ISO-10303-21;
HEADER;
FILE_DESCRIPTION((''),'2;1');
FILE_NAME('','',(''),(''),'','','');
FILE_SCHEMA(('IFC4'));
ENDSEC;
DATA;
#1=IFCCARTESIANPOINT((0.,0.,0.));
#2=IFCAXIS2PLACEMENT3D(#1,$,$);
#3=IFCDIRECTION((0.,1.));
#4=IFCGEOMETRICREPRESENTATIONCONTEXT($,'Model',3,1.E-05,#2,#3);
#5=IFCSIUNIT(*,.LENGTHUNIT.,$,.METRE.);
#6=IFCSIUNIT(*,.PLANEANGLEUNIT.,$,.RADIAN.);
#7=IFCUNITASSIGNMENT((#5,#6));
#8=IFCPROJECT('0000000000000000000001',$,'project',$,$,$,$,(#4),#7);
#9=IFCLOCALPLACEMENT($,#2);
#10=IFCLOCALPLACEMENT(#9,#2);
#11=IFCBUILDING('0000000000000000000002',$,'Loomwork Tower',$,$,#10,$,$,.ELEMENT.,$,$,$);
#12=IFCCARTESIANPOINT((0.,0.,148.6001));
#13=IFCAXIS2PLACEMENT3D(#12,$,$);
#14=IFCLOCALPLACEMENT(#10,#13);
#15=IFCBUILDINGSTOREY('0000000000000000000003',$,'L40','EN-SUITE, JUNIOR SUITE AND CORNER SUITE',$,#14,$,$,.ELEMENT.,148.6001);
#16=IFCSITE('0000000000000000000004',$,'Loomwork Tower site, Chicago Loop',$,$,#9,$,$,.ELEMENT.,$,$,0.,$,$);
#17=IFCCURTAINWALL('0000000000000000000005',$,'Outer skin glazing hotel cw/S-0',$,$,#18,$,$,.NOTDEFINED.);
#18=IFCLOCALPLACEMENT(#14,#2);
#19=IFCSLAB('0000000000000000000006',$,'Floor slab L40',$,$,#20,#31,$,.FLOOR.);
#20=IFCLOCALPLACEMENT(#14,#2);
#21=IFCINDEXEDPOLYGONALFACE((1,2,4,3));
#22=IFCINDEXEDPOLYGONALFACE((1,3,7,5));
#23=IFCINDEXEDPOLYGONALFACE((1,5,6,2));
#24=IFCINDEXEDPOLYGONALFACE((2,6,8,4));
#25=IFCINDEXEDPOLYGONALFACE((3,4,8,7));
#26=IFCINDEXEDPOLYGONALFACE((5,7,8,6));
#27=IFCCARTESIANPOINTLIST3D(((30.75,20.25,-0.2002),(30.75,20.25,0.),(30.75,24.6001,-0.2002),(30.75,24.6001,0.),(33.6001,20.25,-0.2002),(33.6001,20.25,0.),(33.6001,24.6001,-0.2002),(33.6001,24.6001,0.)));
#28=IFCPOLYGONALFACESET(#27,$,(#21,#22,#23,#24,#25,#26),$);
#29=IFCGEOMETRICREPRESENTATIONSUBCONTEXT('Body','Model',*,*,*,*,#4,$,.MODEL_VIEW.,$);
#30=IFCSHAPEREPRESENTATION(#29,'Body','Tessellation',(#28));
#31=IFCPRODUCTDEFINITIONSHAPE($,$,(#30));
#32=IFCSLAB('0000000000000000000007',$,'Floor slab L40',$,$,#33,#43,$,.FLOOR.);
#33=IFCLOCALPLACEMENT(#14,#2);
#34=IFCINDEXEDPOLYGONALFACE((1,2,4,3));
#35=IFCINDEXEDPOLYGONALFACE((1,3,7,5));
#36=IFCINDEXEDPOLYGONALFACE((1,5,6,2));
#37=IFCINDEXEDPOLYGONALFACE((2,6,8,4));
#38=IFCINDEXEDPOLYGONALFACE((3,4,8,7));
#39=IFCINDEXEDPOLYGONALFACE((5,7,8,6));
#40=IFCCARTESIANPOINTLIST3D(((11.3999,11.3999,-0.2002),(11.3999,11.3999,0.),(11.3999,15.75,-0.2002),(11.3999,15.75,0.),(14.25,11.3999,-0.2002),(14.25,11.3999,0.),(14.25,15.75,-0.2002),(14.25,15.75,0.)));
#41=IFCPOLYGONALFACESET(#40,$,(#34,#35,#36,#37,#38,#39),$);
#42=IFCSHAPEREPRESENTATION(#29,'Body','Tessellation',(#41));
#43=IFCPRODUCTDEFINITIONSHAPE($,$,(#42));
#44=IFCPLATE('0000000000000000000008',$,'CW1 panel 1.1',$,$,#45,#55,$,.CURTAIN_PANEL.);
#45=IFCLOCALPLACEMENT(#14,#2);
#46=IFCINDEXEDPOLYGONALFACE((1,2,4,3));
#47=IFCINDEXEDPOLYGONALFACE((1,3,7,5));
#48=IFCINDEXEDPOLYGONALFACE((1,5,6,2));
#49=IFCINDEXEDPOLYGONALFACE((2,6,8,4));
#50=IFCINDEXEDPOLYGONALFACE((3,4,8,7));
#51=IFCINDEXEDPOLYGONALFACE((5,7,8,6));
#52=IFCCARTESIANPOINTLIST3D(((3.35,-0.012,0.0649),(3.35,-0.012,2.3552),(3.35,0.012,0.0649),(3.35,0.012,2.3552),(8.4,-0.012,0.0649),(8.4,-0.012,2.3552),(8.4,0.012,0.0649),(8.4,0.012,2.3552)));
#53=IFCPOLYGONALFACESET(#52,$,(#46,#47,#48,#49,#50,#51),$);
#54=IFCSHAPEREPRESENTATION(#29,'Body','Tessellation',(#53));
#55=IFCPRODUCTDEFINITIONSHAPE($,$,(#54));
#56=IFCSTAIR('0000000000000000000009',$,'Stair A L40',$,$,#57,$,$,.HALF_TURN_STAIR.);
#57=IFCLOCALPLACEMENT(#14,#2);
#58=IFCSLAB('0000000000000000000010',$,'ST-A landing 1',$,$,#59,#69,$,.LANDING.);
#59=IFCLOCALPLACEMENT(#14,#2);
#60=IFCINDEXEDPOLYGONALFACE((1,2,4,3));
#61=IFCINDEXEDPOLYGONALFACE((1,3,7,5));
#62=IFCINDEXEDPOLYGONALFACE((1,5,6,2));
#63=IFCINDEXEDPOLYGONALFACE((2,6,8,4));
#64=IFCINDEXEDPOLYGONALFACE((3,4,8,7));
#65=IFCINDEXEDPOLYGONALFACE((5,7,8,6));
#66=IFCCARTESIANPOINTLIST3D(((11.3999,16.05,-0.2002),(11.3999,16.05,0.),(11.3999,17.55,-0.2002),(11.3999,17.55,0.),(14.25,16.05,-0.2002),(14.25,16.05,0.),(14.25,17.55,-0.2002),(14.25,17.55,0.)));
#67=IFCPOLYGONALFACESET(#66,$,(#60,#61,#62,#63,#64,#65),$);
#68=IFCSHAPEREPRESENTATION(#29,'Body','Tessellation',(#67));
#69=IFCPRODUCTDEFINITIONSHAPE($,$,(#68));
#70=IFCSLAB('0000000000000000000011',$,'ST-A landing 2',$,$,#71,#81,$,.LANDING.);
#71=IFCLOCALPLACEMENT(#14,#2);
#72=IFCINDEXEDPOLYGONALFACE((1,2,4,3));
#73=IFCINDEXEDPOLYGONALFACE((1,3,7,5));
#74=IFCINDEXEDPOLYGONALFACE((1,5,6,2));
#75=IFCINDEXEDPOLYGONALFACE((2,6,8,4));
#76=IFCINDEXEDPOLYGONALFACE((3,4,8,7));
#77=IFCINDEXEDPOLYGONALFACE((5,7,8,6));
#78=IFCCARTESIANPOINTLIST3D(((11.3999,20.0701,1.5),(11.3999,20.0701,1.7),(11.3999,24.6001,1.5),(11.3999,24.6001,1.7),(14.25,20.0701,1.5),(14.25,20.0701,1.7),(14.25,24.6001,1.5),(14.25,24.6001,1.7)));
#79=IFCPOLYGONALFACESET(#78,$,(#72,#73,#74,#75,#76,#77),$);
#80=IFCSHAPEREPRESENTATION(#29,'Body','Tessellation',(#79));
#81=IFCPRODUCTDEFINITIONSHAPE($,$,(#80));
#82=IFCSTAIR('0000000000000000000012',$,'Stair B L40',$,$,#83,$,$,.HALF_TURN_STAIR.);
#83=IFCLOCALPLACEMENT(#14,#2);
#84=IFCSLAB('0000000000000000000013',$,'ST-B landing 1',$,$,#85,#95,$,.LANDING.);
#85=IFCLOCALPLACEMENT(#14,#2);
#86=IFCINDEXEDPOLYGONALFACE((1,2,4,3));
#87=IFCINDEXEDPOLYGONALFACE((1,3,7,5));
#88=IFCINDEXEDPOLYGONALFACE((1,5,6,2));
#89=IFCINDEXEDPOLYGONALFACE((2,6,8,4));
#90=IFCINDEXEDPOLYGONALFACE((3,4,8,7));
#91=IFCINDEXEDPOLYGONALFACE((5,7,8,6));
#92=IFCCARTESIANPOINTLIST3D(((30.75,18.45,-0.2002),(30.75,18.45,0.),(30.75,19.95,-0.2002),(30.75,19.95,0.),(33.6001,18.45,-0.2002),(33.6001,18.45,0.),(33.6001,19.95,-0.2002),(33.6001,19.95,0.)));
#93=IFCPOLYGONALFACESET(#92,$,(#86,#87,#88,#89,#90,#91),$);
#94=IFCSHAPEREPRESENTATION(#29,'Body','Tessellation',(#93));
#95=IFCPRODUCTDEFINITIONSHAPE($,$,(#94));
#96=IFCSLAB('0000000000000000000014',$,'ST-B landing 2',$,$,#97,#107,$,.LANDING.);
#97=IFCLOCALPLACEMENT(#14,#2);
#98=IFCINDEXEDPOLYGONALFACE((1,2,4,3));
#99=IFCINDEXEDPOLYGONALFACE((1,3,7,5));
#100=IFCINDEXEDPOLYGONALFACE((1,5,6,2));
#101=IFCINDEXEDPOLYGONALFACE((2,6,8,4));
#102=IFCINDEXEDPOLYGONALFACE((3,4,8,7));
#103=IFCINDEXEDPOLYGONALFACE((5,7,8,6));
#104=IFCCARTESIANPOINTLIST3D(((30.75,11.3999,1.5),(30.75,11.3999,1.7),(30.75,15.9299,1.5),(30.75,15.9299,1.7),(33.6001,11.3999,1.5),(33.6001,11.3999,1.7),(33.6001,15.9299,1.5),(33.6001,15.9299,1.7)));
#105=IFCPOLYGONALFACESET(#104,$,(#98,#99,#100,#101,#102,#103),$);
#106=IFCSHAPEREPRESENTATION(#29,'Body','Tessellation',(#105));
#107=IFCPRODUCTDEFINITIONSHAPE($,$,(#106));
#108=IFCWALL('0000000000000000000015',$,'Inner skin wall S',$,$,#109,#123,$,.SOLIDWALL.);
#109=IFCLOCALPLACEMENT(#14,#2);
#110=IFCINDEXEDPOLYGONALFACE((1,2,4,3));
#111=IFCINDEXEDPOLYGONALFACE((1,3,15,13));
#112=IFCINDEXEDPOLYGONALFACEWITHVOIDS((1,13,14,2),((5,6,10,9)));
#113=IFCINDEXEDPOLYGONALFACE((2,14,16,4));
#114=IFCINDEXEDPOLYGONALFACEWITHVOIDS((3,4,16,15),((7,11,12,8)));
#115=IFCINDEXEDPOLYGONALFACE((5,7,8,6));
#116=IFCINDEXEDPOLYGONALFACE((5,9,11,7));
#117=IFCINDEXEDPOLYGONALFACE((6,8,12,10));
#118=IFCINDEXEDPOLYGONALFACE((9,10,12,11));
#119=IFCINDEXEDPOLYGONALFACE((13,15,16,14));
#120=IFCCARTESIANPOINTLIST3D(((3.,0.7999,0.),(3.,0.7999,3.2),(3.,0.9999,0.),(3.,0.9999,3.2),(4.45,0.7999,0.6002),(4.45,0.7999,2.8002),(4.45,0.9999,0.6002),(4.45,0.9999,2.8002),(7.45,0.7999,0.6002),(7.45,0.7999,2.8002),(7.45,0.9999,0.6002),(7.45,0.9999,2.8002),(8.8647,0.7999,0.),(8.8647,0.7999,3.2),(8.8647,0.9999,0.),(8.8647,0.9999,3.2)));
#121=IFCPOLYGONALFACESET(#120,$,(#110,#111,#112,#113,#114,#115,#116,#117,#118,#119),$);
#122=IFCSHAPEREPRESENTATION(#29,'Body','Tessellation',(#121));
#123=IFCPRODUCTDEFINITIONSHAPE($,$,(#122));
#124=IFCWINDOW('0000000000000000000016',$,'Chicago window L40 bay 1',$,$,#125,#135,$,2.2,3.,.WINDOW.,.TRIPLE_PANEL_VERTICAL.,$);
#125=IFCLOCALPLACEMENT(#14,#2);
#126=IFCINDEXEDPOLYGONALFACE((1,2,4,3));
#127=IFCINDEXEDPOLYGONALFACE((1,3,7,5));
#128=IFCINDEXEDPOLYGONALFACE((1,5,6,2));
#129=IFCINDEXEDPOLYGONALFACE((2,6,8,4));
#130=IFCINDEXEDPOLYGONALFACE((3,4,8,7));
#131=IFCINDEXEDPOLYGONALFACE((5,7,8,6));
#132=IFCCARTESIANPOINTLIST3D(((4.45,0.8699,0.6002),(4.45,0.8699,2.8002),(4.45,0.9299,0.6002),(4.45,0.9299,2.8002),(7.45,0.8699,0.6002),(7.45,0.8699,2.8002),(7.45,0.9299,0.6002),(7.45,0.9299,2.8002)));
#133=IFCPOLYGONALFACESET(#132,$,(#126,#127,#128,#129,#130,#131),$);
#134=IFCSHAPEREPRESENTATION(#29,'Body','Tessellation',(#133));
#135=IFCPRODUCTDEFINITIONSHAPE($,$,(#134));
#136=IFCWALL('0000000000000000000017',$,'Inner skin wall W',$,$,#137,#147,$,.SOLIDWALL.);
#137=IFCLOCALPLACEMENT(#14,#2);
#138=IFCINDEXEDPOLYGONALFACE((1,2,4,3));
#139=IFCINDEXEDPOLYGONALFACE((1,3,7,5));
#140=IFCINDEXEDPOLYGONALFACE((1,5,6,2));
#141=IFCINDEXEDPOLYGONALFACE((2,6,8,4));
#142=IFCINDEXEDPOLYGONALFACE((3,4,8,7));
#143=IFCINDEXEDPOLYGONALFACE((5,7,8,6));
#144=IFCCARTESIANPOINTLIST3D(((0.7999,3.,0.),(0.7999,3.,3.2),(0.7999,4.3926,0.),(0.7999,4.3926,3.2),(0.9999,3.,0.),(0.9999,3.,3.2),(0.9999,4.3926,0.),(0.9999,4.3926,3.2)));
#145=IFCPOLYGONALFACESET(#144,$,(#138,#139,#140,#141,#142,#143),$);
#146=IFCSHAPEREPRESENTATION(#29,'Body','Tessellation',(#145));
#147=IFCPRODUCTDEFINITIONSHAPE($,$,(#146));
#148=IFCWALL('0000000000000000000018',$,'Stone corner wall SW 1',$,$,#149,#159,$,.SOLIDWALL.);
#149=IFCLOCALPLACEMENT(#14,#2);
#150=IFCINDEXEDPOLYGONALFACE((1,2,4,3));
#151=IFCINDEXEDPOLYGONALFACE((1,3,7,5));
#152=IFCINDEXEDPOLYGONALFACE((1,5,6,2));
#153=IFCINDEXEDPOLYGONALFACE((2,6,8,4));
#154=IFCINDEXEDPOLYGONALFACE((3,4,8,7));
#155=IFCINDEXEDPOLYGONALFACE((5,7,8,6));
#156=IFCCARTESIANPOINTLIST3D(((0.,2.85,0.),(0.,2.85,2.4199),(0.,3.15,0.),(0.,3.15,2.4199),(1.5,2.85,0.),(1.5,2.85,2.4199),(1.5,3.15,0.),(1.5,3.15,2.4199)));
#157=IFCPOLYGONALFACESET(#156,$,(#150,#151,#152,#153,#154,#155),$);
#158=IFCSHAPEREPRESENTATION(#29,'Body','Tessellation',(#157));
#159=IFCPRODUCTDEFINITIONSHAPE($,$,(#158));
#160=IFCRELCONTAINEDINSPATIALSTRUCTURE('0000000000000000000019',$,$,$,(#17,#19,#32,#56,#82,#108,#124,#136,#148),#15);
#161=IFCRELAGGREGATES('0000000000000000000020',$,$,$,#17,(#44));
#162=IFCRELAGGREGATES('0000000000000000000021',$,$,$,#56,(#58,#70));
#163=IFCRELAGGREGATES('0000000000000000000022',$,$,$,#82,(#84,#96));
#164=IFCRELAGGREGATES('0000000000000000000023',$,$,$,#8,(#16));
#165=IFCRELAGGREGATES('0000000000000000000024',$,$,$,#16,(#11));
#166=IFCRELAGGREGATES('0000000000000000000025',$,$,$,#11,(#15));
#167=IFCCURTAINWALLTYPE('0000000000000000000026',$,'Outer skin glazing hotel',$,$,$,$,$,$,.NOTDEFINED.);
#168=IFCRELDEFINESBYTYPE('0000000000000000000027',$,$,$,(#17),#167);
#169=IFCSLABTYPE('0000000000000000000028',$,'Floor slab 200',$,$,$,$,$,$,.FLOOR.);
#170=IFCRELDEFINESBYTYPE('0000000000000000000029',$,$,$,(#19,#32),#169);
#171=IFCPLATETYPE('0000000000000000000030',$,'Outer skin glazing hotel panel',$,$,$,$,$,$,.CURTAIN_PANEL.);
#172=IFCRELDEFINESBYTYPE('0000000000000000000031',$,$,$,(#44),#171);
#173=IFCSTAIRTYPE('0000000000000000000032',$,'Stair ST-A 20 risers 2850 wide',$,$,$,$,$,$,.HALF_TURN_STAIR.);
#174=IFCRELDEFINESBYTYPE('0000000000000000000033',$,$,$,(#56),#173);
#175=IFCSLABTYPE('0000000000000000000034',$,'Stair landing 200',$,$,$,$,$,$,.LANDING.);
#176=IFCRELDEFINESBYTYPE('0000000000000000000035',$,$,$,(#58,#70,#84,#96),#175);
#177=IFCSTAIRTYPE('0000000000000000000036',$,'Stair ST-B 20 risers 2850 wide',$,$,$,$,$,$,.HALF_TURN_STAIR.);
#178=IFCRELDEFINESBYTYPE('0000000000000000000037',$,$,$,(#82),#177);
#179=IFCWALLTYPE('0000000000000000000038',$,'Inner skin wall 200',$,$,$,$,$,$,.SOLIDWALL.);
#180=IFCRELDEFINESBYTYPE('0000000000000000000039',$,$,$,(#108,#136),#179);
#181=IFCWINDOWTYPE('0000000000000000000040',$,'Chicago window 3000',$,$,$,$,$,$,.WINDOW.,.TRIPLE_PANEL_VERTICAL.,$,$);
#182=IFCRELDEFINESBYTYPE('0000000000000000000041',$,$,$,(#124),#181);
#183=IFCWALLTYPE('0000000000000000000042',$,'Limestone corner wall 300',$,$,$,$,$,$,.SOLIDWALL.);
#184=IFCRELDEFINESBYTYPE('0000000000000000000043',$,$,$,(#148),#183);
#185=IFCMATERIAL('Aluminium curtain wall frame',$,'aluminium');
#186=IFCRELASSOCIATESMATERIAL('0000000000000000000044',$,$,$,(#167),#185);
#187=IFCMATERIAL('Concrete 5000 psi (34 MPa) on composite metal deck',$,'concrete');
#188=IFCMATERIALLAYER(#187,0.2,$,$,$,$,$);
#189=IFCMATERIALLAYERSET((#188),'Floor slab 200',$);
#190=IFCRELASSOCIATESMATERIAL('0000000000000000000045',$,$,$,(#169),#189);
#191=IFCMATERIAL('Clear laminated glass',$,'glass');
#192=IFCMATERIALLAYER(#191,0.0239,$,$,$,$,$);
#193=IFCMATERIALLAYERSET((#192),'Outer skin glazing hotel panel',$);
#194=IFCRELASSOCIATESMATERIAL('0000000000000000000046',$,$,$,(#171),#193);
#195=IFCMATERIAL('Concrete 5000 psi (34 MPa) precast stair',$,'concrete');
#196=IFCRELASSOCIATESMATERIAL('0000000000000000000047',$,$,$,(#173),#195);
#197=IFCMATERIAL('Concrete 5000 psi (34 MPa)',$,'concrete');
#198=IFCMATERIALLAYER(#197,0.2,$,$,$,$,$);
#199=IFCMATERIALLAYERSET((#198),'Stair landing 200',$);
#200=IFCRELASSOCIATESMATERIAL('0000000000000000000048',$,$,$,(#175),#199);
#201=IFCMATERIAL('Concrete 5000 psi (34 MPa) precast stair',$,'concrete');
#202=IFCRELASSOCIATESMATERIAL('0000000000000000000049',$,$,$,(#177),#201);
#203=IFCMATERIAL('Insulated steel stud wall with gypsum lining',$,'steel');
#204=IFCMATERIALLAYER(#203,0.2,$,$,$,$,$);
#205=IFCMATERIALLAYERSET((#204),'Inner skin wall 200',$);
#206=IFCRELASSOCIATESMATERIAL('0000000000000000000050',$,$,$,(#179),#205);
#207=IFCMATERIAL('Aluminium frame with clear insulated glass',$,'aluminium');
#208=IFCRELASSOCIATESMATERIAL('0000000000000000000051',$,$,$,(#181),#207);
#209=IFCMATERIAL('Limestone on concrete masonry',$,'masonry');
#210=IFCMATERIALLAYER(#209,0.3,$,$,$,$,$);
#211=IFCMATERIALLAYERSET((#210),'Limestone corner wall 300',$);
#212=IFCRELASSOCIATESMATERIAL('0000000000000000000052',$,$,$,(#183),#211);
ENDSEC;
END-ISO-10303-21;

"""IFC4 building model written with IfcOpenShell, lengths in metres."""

from ifc_helpers import new_model, si_unit, direction, frame, frame_2d, origin, origin_2d, place, context, subcontext, project, spatial, polyline, rectangle, outline, extrude, material, layer, layer_set, type_object, element, fill, aggregate, save


model = new_model("IFC4")

# Units and contexts
model_context = context("Model", 3, precision=1e-05, world=origin(), true_north=direction((0.0, 1.0)))
body_context = subcontext(model_context, "Body", "Model", "MODEL_VIEW")
ifc_project = project(units=[si_unit("LENGTHUNIT", "METRE"), si_unit("PLANEANGLEUNIT", "RADIAN")], contexts=[model_context])

# Site, building, storey
site_placement = place(None, origin())
site = spatial("IfcSite", under=ifc_project, at=site_placement, Name="Loomwork Tower site, Chicago Loop", CompositionType="ELEMENT", RefElevation=0.0)
building_placement = place(site_placement, origin())
building = spatial("IfcBuilding", under=site, at=building_placement, Name="Loomwork Tower", CompositionType="ELEMENT")
storey_placement = place(building_placement, frame((0.0, 0.0, 148.6001)))
storey = spatial("IfcBuildingStorey", under=building, at=storey_placement, Name="L40", Description="EN-SUITE, JUNIOR SUITE AND CORNER SUITE", CompositionType="ELEMENT", Elevation=148.6001)

# Curtain wall
ifc_material_1 = material(Name="Aluminium curtain wall frame", Category="aluminium")
curtain_wall_type = type_object("IfcCurtainWallType", Name="Outer skin glazing hotel", PredefinedType="NOTDEFINED", material=ifc_material_1)
curtain_wall_1_placement = place(storey_placement, origin())
curtain_wall_1 = element("IfcCurtainWall", 1, at=curtain_wall_1_placement, inside=storey, type_object=curtain_wall_type, Name="Outer skin glazing hotel cw/S-0", PredefinedType="NOTDEFINED")

# Slabs
ifc_material_2 = material(Name="Concrete 5000 psi (34 MPa) on composite metal deck", Category="concrete")
ifc_layer_1 = layer(ifc_material_2, 0.2)
ifc_layer_set_1 = layer_set([ifc_layer_1], Name="Floor slab 200")
slab_type_1 = type_object("IfcSlabType", Name="Floor slab 200", PredefinedType="FLOOR", material=ifc_layer_set_1)
slab_1_placement = place(storey_placement, frame((0.0, 0.0, -0.2002)))
element("IfcSlab", 2, at=slab_1_placement, inside=storey, type_object=slab_type_1, Name="Floor slab L40", PredefinedType="FLOOR", context=body_context, shape_type="SweptSolid", body=[
    extrude(outline(polyline([(33.6001, 20.25), (30.75, 20.25), (30.75, 24.6001), (33.6001, 24.6001), (33.6001, 20.25)])), origin(), (0.0, 0.0, 1.0), 0.2002),
])
slab_2_placement = place(storey_placement, frame((0.0, 0.0, -0.2002)))
element("IfcSlab", 3, at=slab_2_placement, inside=storey, type_object=slab_type_1, Name="Floor slab L40", PredefinedType="FLOOR", context=body_context, shape_type="SweptSolid", body=[
    extrude(outline(polyline([(14.25, 15.75), (14.25, 11.3999), (11.3999, 11.3999), (11.3999, 15.75), (14.25, 15.75)])), origin(), (0.0, 0.0, 1.0), 0.2002),
])

# Plate
ifc_material_3 = material(Name="Clear laminated glass", Category="glass")
ifc_layer_2 = layer(ifc_material_3, 0.0239)
ifc_layer_set_2 = layer_set([ifc_layer_2], Name="Outer skin glazing hotel panel")
plate_type = type_object("IfcPlateType", Name="Outer skin glazing hotel panel", PredefinedType="CURTAIN_PANEL", material=ifc_layer_set_2)
plate_placement = place(storey_placement, frame((5.875, 0.0, 0.0649), z_axis=(0.0, 0.0, 1.0), x_axis=(1.0, 0.0, 0.0)))
plate = element("IfcPlate", 4, at=plate_placement, type_object=plate_type, Name="CW1 panel 1.1", PredefinedType="CURTAIN_PANEL", context=body_context, shape_type="SweptSolid", body=[
    extrude(rectangle(XDim=5.05, YDim=0.0239, at=origin_2d()), origin(), (0.0, 0.0, 1.0), 2.2903),
])
aggregate(curtain_wall_1, [plate])

# Stairs, slabs
ifc_material_4 = material(Name="Concrete 5000 psi (34 MPa) precast stair", Category="concrete")
stair_type_1 = type_object("IfcStairType", Name="Stair ST-A 20 risers 2850 wide", PredefinedType="HALF_TURN_STAIR", material=ifc_material_4)
stair_1_placement = place(storey_placement, origin())
stair_1 = element("IfcStair", 5, at=stair_1_placement, inside=storey, type_object=stair_type_1, Name="Stair A L40", PredefinedType="HALF_TURN_STAIR")
ifc_material_5 = material(Name="Concrete 5000 psi (34 MPa)", Category="concrete")
ifc_layer_3 = layer(ifc_material_5, 0.2)
ifc_layer_set_3 = layer_set([ifc_layer_3], Name="Stair landing 200")
slab_type_2 = type_object("IfcSlabType", Name="Stair landing 200", PredefinedType="LANDING", material=ifc_layer_set_3)
slab_3_placement = place(storey_placement, frame((0.0, 0.0, -0.2002)))
slab_3 = element("IfcSlab", 6, at=slab_3_placement, type_object=slab_type_2, Name="ST-A landing 1", PredefinedType="LANDING", context=body_context, shape_type="SweptSolid", body=[
    extrude(outline(polyline([(11.3999, 16.05), (14.25, 16.05), (14.25, 17.55), (11.3999, 17.55), (11.3999, 16.05)])), origin(), (0.0, 0.0, 1.0), 0.2002),
])
slab_4_placement = place(storey_placement, frame((0.0, 0.0, 1.5)))
slab_4 = element("IfcSlab", 7, at=slab_4_placement, type_object=slab_type_2, Name="ST-A landing 2", PredefinedType="LANDING", context=body_context, shape_type="SweptSolid", body=[
    extrude(outline(polyline([(11.3999, 20.0701), (14.25, 20.0701), (14.25, 24.6001), (11.3999, 24.6001), (11.3999, 20.0701)])), origin(), (0.0, 0.0, 1.0), 0.2),
])
aggregate(stair_1, [slab_3, slab_4])
ifc_material_6 = material(Name="Concrete 5000 psi (34 MPa) precast stair", Category="concrete")
stair_type_2 = type_object("IfcStairType", Name="Stair ST-B 20 risers 2850 wide", PredefinedType="HALF_TURN_STAIR", material=ifc_material_6)
stair_2_placement = place(storey_placement, origin())
stair_2 = element("IfcStair", 8, at=stair_2_placement, inside=storey, type_object=stair_type_2, Name="Stair B L40", PredefinedType="HALF_TURN_STAIR")
slab_5_placement = place(storey_placement, frame((0.0, 0.0, -0.2002)))
slab_5 = element("IfcSlab", 9, at=slab_5_placement, type_object=slab_type_2, Name="ST-B landing 1", PredefinedType="LANDING", context=body_context, shape_type="SweptSolid", body=[
    extrude(outline(polyline([(30.75, 18.45), (33.6001, 18.45), (33.6001, 19.95), (30.75, 19.95), (30.75, 18.45)])), origin(), (0.0, 0.0, 1.0), 0.2002),
])
slab_6_placement = place(storey_placement, frame((0.0, 0.0, 1.5)))
slab_6 = element("IfcSlab", 10, at=slab_6_placement, type_object=slab_type_2, Name="ST-B landing 2", PredefinedType="LANDING", context=body_context, shape_type="SweptSolid", body=[
    extrude(outline(polyline([(30.75, 11.3999), (33.6001, 11.3999), (33.6001, 15.9299), (30.75, 15.9299), (30.75, 11.3999)])), origin(), (0.0, 0.0, 1.0), 0.2),
])
aggregate(stair_2, [slab_5, slab_6])

# Wall, opening, window
ifc_material_7 = material(Name="Insulated steel stud wall with gypsum lining", Category="steel")
ifc_layer_4 = layer(ifc_material_7, 0.2)
ifc_layer_set_4 = layer_set([ifc_layer_4], Name="Inner skin wall 200")
wall_type_1 = type_object("IfcWallType", Name="Inner skin wall 200", PredefinedType="SOLIDWALL", material=ifc_layer_set_4)
wall_1_placement = place(storey_placement, frame((3.0, 0.8999, 0.0), z_axis=(0.0, 0.0, 1.0), x_axis=(1.0, 0.0, 0.0)))
wall_1 = element("IfcWall", 11, at=wall_1_placement, inside=storey, type_object=wall_type_1, Name="Inner skin wall S", PredefinedType="SOLIDWALL", context=body_context, shape_type="SweptSolid", body=[
    extrude(rectangle(XDim=5.8647, YDim=0.2, at=frame_2d((2.9324, 0.0))), origin(), (0.0, 0.0, 1.0), 3.2),
])
opening_1_placement = place(wall_1_placement, frame((1.45, 0.0, 0.6001)))
opening_1 = element("IfcOpeningElement", 12, at=opening_1_placement, cuts=wall_1, PredefinedType="OPENING", context=body_context, shape_type="SweptSolid", body=[
    extrude(rectangle(XDim=3.0, YDim=2.2, at=frame_2d((1.5, 1.1001))), frame((0.0, 0.1099, 0.0), z_axis=(0.0, -1.0, 0.0), x_axis=(1.0, 0.0, 0.0)), (0.0, 0.0, 1.0), 0.22),
])
ifc_material_8 = material(Name="Aluminium frame with clear insulated glass", Category="aluminium")
window_type_1 = type_object("IfcWindowType", Name="Chicago window 3000", PartitioningType="TRIPLE_PANEL_VERTICAL", PredefinedType="WINDOW", material=ifc_material_8)
window_1_placement = place(opening_1_placement, origin())
window_1 = element("IfcWindow", 13, at=window_1_placement, inside=storey, type_object=window_type_1, Name="Chicago window L40 bay 1", OverallHeight=2.2, OverallWidth=3.0, PartitioningType="TRIPLE_PANEL_VERTICAL", PredefinedType="WINDOW", context=body_context, shape_type="SweptSolid", body=[
    extrude(rectangle(XDim=3.0, YDim=2.2, at=frame_2d((1.5, 1.1001))), frame((0.0, 0.03, 0.0), z_axis=(0.0, -1.0, 0.0), x_axis=(1.0, 0.0, 0.0)), (0.0, 0.0, 1.0), 0.0601),
])
fill(opening_1, window_1)

# Walls
wall_2_placement = place(storey_placement, frame((0.8999, 3.0, 0.0), z_axis=(0.0, 0.0, 1.0), x_axis=(0.0, 1.0, 0.0)))
element("IfcWall", 14, at=wall_2_placement, inside=storey, type_object=wall_type_1, Name="Inner skin wall W", PredefinedType="SOLIDWALL", context=body_context, shape_type="SweptSolid", body=[
    extrude(rectangle(XDim=1.3926, YDim=0.2, at=frame_2d((0.6963, 0.0))), origin(), (0.0, 0.0, 1.0), 3.2),
])
ifc_material_9 = material(Name="Limestone on concrete masonry", Category="masonry")
ifc_layer_5 = layer(ifc_material_9, 0.3)
ifc_layer_set_5 = layer_set([ifc_layer_5], Name="Limestone corner wall 300")
wall_type_2 = type_object("IfcWallType", Name="Limestone corner wall 300", PredefinedType="SOLIDWALL", material=ifc_layer_set_5)
wall_3_placement = place(storey_placement, frame((0.0, 3.0, 0.0), z_axis=(0.0, 0.0, 1.0), x_axis=(1.0, 0.0, 0.0)))
element("IfcWall", 15, at=wall_3_placement, inside=storey, type_object=wall_type_2, Name="Stone corner wall SW 1", PredefinedType="SOLIDWALL", context=body_context, shape_type="SweptSolid", body=[
    extrude(rectangle(XDim=1.5, YDim=0.3, at=frame_2d((0.75, 0.0))), origin(), (0.0, 0.0, 1.0), 2.4199),
])

save(model, "model.ifc")
